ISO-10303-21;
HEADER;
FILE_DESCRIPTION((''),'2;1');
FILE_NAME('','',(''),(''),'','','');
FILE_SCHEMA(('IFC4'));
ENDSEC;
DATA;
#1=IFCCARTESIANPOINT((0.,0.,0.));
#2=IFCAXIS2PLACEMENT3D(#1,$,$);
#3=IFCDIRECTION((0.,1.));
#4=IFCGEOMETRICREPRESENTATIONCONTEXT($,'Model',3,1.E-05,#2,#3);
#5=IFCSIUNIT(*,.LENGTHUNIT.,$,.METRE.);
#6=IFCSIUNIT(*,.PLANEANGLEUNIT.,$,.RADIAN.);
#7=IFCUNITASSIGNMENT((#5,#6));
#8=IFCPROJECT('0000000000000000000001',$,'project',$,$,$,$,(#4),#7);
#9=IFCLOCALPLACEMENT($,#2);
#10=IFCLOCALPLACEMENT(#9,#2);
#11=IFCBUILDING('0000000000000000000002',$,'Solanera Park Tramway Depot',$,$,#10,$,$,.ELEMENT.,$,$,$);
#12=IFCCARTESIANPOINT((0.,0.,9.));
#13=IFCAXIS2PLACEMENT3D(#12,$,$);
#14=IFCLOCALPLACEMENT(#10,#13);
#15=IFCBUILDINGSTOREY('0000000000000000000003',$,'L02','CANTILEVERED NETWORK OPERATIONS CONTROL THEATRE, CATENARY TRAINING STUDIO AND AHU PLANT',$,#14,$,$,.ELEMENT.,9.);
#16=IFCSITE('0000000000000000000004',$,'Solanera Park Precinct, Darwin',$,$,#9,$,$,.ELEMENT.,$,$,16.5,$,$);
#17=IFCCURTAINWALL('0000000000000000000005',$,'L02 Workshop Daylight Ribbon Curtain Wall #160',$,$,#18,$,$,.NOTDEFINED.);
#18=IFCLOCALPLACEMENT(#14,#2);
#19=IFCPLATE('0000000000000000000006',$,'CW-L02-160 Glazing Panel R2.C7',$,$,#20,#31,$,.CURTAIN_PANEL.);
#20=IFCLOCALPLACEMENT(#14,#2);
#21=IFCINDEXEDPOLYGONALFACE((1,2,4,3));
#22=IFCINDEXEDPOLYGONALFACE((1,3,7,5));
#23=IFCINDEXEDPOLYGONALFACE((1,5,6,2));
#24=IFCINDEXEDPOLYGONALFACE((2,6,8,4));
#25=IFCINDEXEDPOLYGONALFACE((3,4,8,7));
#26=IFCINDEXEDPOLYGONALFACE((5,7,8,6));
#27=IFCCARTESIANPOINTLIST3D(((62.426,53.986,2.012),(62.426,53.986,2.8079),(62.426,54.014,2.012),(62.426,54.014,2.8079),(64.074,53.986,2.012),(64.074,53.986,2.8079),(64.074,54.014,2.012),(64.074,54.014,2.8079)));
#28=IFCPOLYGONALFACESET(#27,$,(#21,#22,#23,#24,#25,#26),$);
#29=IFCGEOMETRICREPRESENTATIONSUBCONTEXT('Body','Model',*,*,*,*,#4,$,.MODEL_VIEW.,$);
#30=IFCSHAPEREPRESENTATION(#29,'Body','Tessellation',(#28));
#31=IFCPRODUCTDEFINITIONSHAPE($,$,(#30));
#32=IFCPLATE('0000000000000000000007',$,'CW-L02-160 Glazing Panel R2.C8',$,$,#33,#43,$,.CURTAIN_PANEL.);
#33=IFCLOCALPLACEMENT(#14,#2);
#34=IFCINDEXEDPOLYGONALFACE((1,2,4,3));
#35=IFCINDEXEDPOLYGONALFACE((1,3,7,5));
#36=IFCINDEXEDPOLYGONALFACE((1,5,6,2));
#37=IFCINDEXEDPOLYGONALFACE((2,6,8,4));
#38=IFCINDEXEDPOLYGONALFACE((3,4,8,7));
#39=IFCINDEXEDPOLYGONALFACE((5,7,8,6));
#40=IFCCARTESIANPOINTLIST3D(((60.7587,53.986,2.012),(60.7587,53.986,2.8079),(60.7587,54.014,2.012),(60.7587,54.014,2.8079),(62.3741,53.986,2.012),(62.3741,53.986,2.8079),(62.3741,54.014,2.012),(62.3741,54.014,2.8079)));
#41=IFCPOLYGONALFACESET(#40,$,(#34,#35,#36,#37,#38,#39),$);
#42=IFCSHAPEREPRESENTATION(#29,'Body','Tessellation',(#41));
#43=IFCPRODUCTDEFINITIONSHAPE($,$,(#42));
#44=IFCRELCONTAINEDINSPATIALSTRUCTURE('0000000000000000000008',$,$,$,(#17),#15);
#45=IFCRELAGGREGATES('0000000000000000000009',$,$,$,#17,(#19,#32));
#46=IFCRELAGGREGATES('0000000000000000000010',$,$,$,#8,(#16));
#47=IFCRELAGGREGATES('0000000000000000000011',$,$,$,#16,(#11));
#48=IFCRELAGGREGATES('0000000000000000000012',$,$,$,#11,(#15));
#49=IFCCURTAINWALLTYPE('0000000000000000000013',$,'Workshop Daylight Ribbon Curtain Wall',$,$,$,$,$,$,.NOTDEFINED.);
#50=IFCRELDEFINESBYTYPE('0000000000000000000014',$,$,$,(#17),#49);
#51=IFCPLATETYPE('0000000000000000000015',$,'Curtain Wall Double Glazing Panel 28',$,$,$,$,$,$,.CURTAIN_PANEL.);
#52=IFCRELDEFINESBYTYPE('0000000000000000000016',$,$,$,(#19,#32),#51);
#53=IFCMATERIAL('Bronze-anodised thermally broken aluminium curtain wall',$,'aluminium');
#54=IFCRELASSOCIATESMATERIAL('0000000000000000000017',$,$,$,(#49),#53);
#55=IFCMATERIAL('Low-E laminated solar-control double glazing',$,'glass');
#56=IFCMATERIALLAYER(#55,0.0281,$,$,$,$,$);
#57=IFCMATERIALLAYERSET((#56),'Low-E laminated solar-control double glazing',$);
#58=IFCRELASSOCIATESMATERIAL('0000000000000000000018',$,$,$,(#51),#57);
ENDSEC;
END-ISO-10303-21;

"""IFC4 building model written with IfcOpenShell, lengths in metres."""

from ifc_helpers import new_model, si_unit, direction, frame, origin, origin_2d, place, context, subcontext, project, spatial, rectangle, extrude, material, layer, layer_set, type_object, element, aggregate, save


model = new_model("IFC4")

# Units and contexts
model_context = context("Model", 3, precision=1e-05, world=origin(), true_north=direction((0.0, 1.0)))
body_context = subcontext(model_context, "Body", "Model", "MODEL_VIEW")
ifc_project = project(units=[si_unit("LENGTHUNIT", "METRE"), si_unit("PLANEANGLEUNIT", "RADIAN")], contexts=[model_context])

# Site, building, storey
site_placement = place(None, origin())
site = spatial("IfcSite", under=ifc_project, at=site_placement, Name="Solanera Park Precinct, Darwin", CompositionType="ELEMENT", RefElevation=16.5)
building_placement = place(site_placement, origin())
building = spatial("IfcBuilding", under=site, at=building_placement, Name="Solanera Park Tramway Depot", CompositionType="ELEMENT")
storey_placement = place(building_placement, frame((0.0, 0.0, 9.0)))
storey = spatial("IfcBuildingStorey", under=building, at=storey_placement, Name="L02", Description="CANTILEVERED NETWORK OPERATIONS CONTROL THEATRE, CATENARY TRAINING STUDIO AND AHU PLANT", CompositionType="ELEMENT", Elevation=9.0)

# Curtain wall
ifc_material_1 = material(Name="Bronze-anodised thermally broken aluminium curtain wall", Category="aluminium")
curtain_wall_type = type_object("IfcCurtainWallType", Name="Workshop Daylight Ribbon Curtain Wall", PredefinedType="NOTDEFINED", material=ifc_material_1)
curtain_wall_1_placement = place(storey_placement, origin())
curtain_wall_1 = element("IfcCurtainWall", 1, at=curtain_wall_1_placement, inside=storey, type_object=curtain_wall_type, Name="L02 Workshop Daylight Ribbon Curtain Wall #160", PredefinedType="NOTDEFINED")

# Plates
ifc_material_2 = material(Name="Low-E laminated solar-control double glazing", Category="glass")
ifc_layer = layer(ifc_material_2, 0.0281)
ifc_layer_set = layer_set([ifc_layer], Name="Low-E laminated solar-control double glazing")
plate_type = type_object("IfcPlateType", Name="Curtain Wall Double Glazing Panel 28", PredefinedType="CURTAIN_PANEL", material=ifc_layer_set)
plate_1_placement = place(storey_placement, frame((63.25, 54.0, 2.012), z_axis=(0.0, 0.0, 1.0), x_axis=(-1.0, 0.0, 0.0)))
plate_1 = element("IfcPlate", 2, at=plate_1_placement, type_object=plate_type, Name="CW-L02-160 Glazing Panel R2.C7", PredefinedType="CURTAIN_PANEL", context=body_context, shape_type="SweptSolid", body=[
    extrude(rectangle(XDim=1.6479, YDim=0.0281, at=origin_2d()), origin(), (0.0, 0.0, 1.0), 0.7959),
])
plate_2_placement = place(storey_placement, frame((61.5664, 54.0, 2.012), z_axis=(0.0, 0.0, 1.0), x_axis=(-1.0, 0.0, 0.0)))
plate_2 = element("IfcPlate", 3, at=plate_2_placement, type_object=plate_type, Name="CW-L02-160 Glazing Panel R2.C8", PredefinedType="CURTAIN_PANEL", context=body_context, shape_type="SweptSolid", body=[
    extrude(rectangle(XDim=1.6155, YDim=0.0281, at=origin_2d()), origin(), (0.0, 0.0, 1.0), 0.7959),
])
aggregate(curtain_wall_1, [plate_1, plate_2])

save(model, "model.ifc")
